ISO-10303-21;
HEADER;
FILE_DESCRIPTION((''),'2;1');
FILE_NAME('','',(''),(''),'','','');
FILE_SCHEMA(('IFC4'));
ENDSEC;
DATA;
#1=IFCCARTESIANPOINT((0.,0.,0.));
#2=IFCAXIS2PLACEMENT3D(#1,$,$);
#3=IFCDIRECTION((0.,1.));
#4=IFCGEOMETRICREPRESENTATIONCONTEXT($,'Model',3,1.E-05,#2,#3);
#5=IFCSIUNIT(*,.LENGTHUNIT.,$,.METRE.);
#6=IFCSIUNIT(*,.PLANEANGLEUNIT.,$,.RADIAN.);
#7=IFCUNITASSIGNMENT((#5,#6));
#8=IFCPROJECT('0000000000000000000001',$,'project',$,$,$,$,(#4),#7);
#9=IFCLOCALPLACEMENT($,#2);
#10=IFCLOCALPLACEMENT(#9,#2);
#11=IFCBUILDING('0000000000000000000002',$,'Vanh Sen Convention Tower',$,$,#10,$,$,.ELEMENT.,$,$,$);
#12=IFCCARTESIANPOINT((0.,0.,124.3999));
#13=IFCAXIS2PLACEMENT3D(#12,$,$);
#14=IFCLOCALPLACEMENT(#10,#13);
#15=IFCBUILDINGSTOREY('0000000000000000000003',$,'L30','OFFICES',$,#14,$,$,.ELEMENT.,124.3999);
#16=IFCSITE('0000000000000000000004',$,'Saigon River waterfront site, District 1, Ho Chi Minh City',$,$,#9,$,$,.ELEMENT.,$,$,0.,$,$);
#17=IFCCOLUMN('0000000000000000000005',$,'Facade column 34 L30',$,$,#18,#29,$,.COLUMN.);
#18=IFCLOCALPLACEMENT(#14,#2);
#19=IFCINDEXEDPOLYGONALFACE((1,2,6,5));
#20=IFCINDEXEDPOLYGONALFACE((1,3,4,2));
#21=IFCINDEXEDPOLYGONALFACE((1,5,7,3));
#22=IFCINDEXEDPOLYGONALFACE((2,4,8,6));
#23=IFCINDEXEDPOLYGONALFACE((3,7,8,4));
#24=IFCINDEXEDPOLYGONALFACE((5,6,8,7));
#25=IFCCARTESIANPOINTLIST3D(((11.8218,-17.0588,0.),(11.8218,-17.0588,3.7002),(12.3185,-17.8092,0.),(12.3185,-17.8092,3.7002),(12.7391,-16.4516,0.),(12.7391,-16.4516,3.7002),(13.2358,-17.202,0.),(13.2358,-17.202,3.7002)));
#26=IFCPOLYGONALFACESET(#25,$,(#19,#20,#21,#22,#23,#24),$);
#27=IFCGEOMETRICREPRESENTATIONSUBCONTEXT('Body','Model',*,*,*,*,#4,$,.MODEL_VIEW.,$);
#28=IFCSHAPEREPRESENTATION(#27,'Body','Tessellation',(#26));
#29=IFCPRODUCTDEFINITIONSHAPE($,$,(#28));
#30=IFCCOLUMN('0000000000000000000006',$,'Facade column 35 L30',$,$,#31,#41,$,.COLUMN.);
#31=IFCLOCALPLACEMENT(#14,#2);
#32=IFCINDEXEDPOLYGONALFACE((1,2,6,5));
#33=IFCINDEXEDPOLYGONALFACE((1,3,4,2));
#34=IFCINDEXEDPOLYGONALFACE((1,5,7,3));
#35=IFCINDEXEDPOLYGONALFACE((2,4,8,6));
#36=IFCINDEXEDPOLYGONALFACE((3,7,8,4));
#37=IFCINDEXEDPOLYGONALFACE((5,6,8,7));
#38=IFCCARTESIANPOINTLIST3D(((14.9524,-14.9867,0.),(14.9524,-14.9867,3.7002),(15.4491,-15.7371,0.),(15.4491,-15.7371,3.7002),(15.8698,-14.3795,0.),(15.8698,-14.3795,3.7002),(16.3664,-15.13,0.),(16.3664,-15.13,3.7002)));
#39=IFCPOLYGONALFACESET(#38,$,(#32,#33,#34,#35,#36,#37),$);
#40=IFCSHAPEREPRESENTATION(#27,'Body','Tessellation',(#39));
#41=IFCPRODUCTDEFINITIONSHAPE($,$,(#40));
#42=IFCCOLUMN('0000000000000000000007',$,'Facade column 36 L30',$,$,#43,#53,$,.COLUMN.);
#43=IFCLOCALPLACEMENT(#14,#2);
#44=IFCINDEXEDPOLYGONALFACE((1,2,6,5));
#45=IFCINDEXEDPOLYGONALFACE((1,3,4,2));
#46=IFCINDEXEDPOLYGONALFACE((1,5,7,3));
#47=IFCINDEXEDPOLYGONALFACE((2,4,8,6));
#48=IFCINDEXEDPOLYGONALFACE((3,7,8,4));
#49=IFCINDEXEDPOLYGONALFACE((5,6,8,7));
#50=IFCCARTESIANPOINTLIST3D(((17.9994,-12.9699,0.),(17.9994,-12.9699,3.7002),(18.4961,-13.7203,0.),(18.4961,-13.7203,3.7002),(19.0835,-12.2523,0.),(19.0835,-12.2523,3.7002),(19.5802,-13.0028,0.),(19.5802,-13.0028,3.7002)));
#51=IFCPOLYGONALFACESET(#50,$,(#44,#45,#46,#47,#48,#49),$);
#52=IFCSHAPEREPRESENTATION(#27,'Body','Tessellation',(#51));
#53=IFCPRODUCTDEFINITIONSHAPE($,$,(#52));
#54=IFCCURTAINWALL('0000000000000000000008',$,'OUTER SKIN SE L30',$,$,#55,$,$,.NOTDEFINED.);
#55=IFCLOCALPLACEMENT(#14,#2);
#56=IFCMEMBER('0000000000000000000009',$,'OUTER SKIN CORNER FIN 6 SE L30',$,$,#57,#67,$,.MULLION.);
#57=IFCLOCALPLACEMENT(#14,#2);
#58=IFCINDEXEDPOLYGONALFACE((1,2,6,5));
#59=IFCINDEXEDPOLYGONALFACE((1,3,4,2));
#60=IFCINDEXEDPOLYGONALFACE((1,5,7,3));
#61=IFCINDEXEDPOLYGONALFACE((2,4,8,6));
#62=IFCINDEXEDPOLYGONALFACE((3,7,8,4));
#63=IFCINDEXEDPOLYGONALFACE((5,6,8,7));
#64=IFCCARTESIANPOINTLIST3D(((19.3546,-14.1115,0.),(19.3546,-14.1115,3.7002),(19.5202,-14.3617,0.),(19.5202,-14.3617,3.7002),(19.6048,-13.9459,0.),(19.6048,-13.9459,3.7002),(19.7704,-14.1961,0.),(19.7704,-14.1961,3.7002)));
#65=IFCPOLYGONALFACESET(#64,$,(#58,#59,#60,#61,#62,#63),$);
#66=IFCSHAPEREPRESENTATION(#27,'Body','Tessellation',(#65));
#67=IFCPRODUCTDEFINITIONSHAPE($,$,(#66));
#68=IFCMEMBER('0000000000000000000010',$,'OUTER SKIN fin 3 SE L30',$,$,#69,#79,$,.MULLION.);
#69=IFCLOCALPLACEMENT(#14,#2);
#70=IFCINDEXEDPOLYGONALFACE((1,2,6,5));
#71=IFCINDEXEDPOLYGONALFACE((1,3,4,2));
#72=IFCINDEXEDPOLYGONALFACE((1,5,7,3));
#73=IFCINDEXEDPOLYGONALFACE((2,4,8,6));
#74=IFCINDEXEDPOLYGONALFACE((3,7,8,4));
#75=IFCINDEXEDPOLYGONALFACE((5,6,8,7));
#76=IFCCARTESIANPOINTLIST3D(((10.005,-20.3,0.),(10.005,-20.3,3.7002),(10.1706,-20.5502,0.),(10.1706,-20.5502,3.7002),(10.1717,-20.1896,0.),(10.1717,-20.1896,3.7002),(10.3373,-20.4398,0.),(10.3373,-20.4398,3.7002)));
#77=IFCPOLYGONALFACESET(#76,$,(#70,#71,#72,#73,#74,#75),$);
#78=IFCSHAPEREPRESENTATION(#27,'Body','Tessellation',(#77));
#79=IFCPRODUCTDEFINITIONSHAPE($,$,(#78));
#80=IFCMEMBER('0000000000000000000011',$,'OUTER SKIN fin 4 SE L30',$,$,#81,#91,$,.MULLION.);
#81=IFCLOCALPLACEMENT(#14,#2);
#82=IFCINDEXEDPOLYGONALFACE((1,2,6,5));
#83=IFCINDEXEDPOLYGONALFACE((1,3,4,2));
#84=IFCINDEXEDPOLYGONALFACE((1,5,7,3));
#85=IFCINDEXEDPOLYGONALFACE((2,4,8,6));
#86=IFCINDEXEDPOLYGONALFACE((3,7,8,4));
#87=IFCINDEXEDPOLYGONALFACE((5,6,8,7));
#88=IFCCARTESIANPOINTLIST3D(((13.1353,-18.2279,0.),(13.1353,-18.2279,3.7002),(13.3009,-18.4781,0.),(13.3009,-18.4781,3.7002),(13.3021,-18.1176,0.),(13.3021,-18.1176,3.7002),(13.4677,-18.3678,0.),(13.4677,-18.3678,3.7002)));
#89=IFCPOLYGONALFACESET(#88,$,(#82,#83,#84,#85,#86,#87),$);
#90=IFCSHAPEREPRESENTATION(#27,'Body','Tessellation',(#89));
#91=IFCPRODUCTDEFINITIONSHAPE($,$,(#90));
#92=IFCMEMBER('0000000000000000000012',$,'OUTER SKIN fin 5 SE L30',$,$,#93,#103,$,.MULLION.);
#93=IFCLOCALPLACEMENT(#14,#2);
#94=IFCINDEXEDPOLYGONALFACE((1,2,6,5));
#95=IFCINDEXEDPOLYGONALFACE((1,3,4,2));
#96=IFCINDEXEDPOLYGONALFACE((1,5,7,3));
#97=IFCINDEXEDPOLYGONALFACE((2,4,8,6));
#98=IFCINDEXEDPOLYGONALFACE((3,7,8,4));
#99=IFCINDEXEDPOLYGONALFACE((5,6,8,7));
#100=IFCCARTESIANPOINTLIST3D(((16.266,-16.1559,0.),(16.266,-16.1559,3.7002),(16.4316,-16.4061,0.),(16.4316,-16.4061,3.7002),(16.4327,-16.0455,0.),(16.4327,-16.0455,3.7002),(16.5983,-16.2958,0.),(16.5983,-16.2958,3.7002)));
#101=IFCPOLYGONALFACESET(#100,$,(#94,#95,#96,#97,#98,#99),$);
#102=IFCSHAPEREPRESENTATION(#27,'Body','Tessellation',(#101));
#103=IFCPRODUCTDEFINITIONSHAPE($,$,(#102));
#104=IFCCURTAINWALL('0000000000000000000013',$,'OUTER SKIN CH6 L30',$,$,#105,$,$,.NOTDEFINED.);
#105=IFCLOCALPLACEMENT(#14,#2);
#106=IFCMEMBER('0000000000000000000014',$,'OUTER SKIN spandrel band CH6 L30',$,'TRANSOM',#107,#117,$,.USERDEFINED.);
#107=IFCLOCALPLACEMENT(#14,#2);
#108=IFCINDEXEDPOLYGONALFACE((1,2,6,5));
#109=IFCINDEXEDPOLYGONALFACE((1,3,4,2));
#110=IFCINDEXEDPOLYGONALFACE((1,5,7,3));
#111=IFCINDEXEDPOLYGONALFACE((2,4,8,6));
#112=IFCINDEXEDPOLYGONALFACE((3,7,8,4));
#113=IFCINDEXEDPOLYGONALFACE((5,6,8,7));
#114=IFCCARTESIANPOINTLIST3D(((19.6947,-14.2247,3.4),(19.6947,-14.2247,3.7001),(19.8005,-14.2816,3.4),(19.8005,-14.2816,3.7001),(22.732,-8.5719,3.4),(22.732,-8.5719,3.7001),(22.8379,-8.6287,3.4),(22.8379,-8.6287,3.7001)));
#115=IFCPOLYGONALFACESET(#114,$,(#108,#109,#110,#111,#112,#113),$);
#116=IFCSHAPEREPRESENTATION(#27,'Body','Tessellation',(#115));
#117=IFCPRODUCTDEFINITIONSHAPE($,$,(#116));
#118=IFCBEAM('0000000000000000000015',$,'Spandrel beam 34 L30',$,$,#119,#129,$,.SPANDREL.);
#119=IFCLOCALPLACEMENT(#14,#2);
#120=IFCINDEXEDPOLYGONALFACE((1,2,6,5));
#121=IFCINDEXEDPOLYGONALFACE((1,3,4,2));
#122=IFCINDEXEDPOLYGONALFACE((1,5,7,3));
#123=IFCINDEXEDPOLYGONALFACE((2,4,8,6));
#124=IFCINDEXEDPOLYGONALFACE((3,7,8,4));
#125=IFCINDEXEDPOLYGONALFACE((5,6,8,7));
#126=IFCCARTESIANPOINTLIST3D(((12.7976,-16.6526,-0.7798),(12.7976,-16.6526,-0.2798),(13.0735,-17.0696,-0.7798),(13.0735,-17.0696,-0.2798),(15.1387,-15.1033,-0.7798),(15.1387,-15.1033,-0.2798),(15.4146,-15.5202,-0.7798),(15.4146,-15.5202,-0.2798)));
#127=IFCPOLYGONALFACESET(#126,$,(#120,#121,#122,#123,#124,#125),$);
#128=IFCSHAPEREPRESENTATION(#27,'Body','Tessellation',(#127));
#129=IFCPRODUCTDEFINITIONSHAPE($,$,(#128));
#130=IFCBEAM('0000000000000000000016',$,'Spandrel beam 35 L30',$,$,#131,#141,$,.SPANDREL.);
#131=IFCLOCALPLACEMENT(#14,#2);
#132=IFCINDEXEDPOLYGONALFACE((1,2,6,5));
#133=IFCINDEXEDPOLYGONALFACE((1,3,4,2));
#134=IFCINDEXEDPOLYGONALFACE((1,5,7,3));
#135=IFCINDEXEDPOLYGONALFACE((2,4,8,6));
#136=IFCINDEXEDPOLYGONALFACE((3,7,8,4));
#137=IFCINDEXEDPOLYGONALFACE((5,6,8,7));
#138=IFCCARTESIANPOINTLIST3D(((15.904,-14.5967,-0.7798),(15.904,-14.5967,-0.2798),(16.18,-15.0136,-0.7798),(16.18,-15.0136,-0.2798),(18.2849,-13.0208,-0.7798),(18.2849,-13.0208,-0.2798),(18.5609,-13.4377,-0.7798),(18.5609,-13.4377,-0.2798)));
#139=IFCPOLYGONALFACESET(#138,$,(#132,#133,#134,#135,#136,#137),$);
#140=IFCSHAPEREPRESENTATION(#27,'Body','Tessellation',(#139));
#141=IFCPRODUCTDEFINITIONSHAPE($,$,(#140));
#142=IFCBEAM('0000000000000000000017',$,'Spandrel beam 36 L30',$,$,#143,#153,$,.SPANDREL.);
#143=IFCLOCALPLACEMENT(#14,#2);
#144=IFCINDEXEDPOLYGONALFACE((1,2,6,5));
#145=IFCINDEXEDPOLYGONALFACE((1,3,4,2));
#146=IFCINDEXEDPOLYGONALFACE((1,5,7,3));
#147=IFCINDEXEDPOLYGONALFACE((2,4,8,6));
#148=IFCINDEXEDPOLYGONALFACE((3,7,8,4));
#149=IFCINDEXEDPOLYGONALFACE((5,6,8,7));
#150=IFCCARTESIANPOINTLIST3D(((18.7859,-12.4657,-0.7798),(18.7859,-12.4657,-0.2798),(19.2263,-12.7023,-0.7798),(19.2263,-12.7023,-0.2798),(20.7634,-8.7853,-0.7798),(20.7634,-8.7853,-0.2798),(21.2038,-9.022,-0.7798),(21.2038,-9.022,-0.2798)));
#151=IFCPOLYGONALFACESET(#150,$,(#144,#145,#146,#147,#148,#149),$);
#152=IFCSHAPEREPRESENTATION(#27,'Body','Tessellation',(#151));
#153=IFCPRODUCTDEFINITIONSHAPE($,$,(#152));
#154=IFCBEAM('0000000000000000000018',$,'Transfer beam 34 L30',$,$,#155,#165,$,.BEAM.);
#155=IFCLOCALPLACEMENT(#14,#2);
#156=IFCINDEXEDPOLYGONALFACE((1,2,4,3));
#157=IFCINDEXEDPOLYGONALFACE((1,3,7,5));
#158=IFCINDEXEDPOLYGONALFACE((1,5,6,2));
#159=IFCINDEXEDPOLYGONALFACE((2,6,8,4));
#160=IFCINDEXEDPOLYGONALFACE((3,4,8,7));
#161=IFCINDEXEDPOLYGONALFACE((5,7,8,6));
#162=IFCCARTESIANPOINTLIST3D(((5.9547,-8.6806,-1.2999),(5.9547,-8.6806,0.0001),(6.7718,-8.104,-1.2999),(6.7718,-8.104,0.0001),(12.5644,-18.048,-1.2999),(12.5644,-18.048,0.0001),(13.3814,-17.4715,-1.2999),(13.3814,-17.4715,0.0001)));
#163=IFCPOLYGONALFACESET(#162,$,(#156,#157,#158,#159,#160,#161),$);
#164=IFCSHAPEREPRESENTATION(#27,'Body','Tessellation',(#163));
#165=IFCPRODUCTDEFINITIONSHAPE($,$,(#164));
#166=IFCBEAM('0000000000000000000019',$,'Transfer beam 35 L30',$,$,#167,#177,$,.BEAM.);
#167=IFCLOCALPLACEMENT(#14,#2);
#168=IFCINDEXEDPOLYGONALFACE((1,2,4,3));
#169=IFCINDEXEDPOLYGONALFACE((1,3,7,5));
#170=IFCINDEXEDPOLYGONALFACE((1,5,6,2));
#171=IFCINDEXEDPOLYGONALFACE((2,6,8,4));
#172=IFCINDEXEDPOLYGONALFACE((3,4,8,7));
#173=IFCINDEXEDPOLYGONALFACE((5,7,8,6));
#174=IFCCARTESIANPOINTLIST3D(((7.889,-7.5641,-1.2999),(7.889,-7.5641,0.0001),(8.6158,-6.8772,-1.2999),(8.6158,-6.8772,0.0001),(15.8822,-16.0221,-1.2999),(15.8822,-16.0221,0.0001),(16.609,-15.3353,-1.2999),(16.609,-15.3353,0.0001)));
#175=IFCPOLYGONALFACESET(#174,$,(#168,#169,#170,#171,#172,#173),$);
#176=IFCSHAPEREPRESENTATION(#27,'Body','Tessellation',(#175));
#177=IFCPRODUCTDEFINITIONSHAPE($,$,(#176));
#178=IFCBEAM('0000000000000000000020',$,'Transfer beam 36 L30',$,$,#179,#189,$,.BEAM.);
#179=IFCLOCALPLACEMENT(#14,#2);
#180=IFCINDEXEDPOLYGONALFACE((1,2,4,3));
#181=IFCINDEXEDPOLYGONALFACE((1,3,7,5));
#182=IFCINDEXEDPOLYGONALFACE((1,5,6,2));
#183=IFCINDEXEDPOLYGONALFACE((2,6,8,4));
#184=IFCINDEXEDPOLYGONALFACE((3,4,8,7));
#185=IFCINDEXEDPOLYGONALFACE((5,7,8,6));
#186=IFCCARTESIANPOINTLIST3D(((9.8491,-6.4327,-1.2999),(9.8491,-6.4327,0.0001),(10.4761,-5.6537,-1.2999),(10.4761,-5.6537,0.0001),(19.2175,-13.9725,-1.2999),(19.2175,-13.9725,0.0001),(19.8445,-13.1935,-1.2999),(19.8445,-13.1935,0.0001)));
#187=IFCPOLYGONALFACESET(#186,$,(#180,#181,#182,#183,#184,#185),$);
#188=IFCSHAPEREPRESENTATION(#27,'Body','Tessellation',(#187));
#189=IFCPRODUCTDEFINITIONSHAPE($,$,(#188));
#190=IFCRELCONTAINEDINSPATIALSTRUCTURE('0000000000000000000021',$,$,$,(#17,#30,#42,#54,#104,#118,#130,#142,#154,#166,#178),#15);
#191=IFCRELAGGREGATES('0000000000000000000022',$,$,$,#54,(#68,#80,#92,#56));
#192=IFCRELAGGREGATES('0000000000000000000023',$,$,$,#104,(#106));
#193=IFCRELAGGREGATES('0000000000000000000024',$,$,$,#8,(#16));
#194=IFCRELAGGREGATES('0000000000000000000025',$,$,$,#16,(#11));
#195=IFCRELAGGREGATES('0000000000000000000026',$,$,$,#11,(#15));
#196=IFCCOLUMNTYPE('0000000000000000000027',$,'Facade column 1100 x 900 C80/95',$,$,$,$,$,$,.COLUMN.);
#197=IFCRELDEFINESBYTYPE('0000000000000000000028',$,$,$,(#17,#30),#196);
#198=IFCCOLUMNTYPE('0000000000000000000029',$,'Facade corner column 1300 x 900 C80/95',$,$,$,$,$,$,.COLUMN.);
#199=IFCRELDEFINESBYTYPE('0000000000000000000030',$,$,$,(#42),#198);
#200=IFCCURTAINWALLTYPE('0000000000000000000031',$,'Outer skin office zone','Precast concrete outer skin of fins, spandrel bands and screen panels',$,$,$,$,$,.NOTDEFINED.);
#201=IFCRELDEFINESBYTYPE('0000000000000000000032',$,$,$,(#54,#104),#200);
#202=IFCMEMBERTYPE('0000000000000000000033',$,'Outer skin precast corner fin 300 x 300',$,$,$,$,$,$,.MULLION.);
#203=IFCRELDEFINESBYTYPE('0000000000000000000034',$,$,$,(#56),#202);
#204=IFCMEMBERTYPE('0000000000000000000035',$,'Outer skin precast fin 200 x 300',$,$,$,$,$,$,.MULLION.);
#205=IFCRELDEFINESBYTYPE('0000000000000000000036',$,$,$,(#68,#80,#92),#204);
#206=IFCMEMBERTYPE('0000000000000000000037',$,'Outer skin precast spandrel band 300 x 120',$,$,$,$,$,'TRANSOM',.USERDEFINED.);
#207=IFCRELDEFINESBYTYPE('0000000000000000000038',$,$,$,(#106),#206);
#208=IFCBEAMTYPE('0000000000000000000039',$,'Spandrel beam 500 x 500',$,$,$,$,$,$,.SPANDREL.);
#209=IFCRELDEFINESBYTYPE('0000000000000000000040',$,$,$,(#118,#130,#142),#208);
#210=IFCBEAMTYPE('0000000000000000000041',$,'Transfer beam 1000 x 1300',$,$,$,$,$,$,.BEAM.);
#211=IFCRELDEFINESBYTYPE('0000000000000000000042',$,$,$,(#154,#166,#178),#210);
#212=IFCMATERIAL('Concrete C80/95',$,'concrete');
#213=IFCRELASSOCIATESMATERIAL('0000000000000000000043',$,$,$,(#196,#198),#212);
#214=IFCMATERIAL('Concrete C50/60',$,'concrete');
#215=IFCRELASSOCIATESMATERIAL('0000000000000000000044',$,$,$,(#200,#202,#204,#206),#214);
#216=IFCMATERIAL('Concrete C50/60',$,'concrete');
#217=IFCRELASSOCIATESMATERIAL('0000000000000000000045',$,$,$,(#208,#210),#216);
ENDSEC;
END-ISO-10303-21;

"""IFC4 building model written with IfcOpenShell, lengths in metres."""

from ifc_helpers import new_model, si_unit, direction, frame, origin, origin_2d, place, context, subcontext, project, spatial, rectangle, extrude, material, material_profile, profile_set, type_object, element, aggregate, save


model = new_model("IFC4")

# Units and contexts
model_context = context("Model", 3, precision=1e-05, world=origin(), true_north=direction((0.0, 1.0)))
body_context = subcontext(model_context, "Body", "Model", "MODEL_VIEW")
ifc_project = project(units=[si_unit("LENGTHUNIT", "METRE"), si_unit("PLANEANGLEUNIT", "RADIAN")], contexts=[model_context])

# Site, building, storey
site_placement = place(None, origin())
site = spatial("IfcSite", under=ifc_project, at=site_placement, Name="Saigon River waterfront site, District 1, Ho Chi Minh City", CompositionType="ELEMENT", RefElevation=0.0)
building_placement = place(site_placement, origin())
building = spatial("IfcBuilding", under=site, at=building_placement, Name="Vanh Sen Convention Tower", CompositionType="ELEMENT")
storey_placement = place(building_placement, frame((0.0, 0.0, 124.3999)))
storey = spatial("IfcBuildingStorey", under=building, at=storey_placement, Name="L30", Description="OFFICES", CompositionType="ELEMENT", Elevation=124.3999)

# Columns
ifc_material_1 = material(Name="Concrete C80/95", Category="concrete")
ifc_material_profile_1 = material_profile(ifc_material_1, rectangle(XDim=1.1001, YDim=0.8999, at=origin_2d()), Name="RC 1100X900")
ifc_profile_set_1 = profile_set([ifc_material_profile_1], Name="Concrete C80/95")
column_type_1 = type_object("IfcColumnType", Name="Facade column 1100 x 900 C80/95", PredefinedType="COLUMN", material=ifc_profile_set_1)
for number, where, z_axis, x_axis, name in (
    (1, (12.5288, -17.1304, 0.0), (0.0, 0.0, 1.0), (0.833886, 0.551937, 0.0), "Facade column 34 L30"),
    (2, (15.6594, -15.0583, 0.0), (0.0, 0.0, 1.0), (0.833886, 0.551937, 0.0), "Facade column 35 L30"),
):
    element("IfcColumn", number, at=place(storey_placement, frame(where, z_axis=z_axis, x_axis=x_axis)), inside=storey, type_object=column_type_1, Name=name, PredefinedType="COLUMN", context=body_context, shape_type="SweptSolid", body=[
        extrude(rectangle(XDim=1.1001, YDim=0.8999, at=origin_2d()), origin(), (0.0, 0.0, 1.0), 3.7002),
    ])
ifc_material_profile_2 = material_profile(ifc_material_1, rectangle(XDim=1.3, YDim=0.8999, at=origin_2d()), Name="RC 1300X900")
ifc_profile_set_2 = profile_set([ifc_material_profile_2], Name="Concrete C80/95")
column_type_2 = type_object("IfcColumnType", Name="Facade corner column 1300 x 900 C80/95", PredefinedType="COLUMN", material=ifc_profile_set_2)
column_placement = place(storey_placement, frame((18.7898, -12.9863, 0.0), z_axis=(0.0, 0.0, 1.0), x_axis=(0.833886, 0.551937, 0.0)))
element("IfcColumn", 3, at=column_placement, inside=storey, type_object=column_type_2, Name="Facade column 36 L30", PredefinedType="COLUMN", context=body_context, shape_type="SweptSolid", body=[
    extrude(rectangle(XDim=1.3, YDim=0.8999, at=origin_2d()), origin(), (0.0, 0.0, 1.0), 3.7002),
])

# Curtain wall, members
ifc_material_2 = material(Name="Concrete C50/60", Category="concrete")
curtain_wall_type = type_object("IfcCurtainWallType", Name="Outer skin office zone", Description="Precast concrete outer skin of fins, spandrel bands and screen panels", PredefinedType="NOTDEFINED", material=ifc_material_2)
curtain_wall_1_placement = place(storey_placement, origin())
curtain_wall_1 = element("IfcCurtainWall", 4, at=curtain_wall_1_placement, inside=storey, type_object=curtain_wall_type, Name="OUTER SKIN SE L30", PredefinedType="NOTDEFINED")
ifc_material_profile_3 = material_profile(ifc_material_2, rectangle(XDim=0.3, YDim=0.3, at=origin_2d()), Name="Outer skin precast corner fin 300 x 300")
ifc_profile_set_3 = profile_set([ifc_material_profile_3], Name="Concrete C50/60")
member_type_1 = type_object("IfcMemberType", Name="Outer skin precast corner fin 300 x 300", PredefinedType="MULLION", material=ifc_profile_set_3)
member_1_placement = place(storey_placement, frame((19.5625, -14.1538, 0.0), z_axis=(0.0, 0.0, 1.0), x_axis=(0.833886, 0.551937, 0.0)))
member_1 = element("IfcMember", 5, at=member_1_placement, type_object=member_type_1, Name="OUTER SKIN CORNER FIN 6 SE L30", PredefinedType="MULLION", context=body_context, shape_type="SweptSolid", body=[
    extrude(rectangle(XDim=0.3, YDim=0.3, at=origin_2d()), origin(), (0.0, 0.0, 1.0), 3.7002),
])
ifc_material_profile_4 = material_profile(ifc_material_2, rectangle(XDim=0.2, YDim=0.3, at=origin_2d()), Name="Outer skin precast fin 200 x 300")
ifc_profile_set_4 = profile_set([ifc_material_profile_4], Name="Concrete C50/60")
member_type_2 = type_object("IfcMemberType", Name="Outer skin precast fin 200 x 300", PredefinedType="MULLION", material=ifc_profile_set_4)
member_2_placement = place(storey_placement, frame((10.1711, -20.3699, 0.0), z_axis=(0.0, 0.0, 1.0), x_axis=(0.833886, 0.551937, 0.0)))
member_2 = element("IfcMember", 6, at=member_2_placement, type_object=member_type_2, Name="OUTER SKIN fin 3 SE L30", PredefinedType="MULLION", context=body_context, shape_type="SweptSolid", body=[
    extrude(rectangle(XDim=0.2, YDim=0.3, at=origin_2d()), origin(), (0.0, 0.0, 1.0), 3.7002),
])
member_3_placement = place(storey_placement, frame((13.3015, -18.2979, 0.0), z_axis=(0.0, 0.0, 1.0), x_axis=(0.833886, 0.551937, 0.0)))
member_3 = element("IfcMember", 7, at=member_3_placement, type_object=member_type_2, Name="OUTER SKIN fin 4 SE L30", PredefinedType="MULLION", context=body_context, shape_type="SweptSolid", body=[
    extrude(rectangle(XDim=0.2, YDim=0.3, at=origin_2d()), origin(), (0.0, 0.0, 1.0), 3.7002),
])
member_4_placement = place(storey_placement, frame((16.4321, -16.2258, 0.0), z_axis=(0.0, 0.0, 1.0), x_axis=(0.833886, 0.551937, 0.0)))
member_4 = element("IfcMember", 8, at=member_4_placement, type_object=member_type_2, Name="OUTER SKIN fin 5 SE L30", PredefinedType="MULLION", context=body_context, shape_type="SweptSolid", body=[
    extrude(rectangle(XDim=0.2, YDim=0.3, at=origin_2d()), origin(), (0.0, 0.0, 1.0), 3.7002),
])

# Curtain wall, member
curtain_wall_2_placement = place(storey_placement, origin())
curtain_wall_2 = element("IfcCurtainWall", 9, at=curtain_wall_2_placement, inside=storey, type_object=curtain_wall_type, Name="OUTER SKIN CH6 L30", PredefinedType="NOTDEFINED")
ifc_material_profile_5 = material_profile(ifc_material_2, rectangle(XDim=0.1201, YDim=0.3, at=origin_2d()), Name="Outer skin precast spandrel band 300 x 120")
ifc_profile_set_5 = profile_set([ifc_material_profile_5], Name="Concrete C50/60")
member_type_3 = type_object("IfcMemberType", Name="Outer skin precast spandrel band 300 x 120", ElementType="TRANSOM", PredefinedType="USERDEFINED", material=ifc_profile_set_5)
member_5_placement = place(storey_placement, frame((19.7476, -14.2532, 3.55), z_axis=(0.473317, 0.880892, 0.0), x_axis=(-0.880892, 0.473317, 0.0)))
member_5 = element("IfcMember", 10, at=member_5_placement, type_object=member_type_3, Name="OUTER SKIN spandrel band CH6 L30", ObjectType="TRANSOM", PredefinedType="USERDEFINED", context=body_context, shape_type="SweptSolid", body=[
    extrude(rectangle(XDim=0.1201, YDim=0.3, at=origin_2d()), origin(), (0.0, 0.0, 1.0), 6.4172),
])

# Beams
ifc_material_3 = material(Name="Concrete C50/60", Category="concrete")
ifc_material_profile_6 = material_profile(ifc_material_3, rectangle(XDim=0.5, YDim=0.5, at=origin_2d()), Name="RC 500X500")
ifc_profile_set_6 = profile_set([ifc_material_profile_6], Name="Concrete C50/60")
beam_type_1 = type_object("IfcBeamType", Name="Spandrel beam 500 x 500", PredefinedType="SPANDREL", material=ifc_profile_set_6)
beam_1_placement = place(storey_placement, frame((12.9355, -16.8611, -0.5298), z_axis=(0.833919, 0.551887, 0.0), x_axis=(-0.551887, 0.833919, 0.0)))
element("IfcBeam", 11, at=beam_1_placement, inside=storey, type_object=beam_type_1, Name="Spandrel beam 34 L30", PredefinedType="SPANDREL", context=body_context, shape_type="SweptSolid", body=[
    extrude(rectangle(XDim=0.5, YDim=0.5, at=origin_2d()), origin(), (0.0, 0.0, 1.0), 2.8074),
])
beam_2_placement = place(storey_placement, frame((16.042, -14.8052, -0.5298), z_axis=(0.833874, 0.551954, 0.0), x_axis=(-0.551954, 0.833874, 0.0)))
element("IfcBeam", 12, at=beam_2_placement, inside=storey, type_object=beam_type_1, Name="Spandrel beam 35 L30", PredefinedType="SPANDREL", context=body_context, shape_type="SweptSolid", body=[
    extrude(rectangle(XDim=0.5, YDim=0.5, at=origin_2d()), origin(), (0.0, 0.0, 1.0), 2.8552),
])
beam_3_placement = place(storey_placement, frame((19.0061, -12.584, -0.5298), z_axis=(0.473316, 0.880893, 0.0), x_axis=(-0.880893, 0.473316, 0.0)))
element("IfcBeam", 13, at=beam_3_placement, inside=storey, type_object=beam_type_1, Name="Spandrel beam 36 L30", PredefinedType="SPANDREL", context=body_context, shape_type="SweptSolid", body=[
    extrude(rectangle(XDim=0.5, YDim=0.5, at=origin_2d()), origin(), (0.0, 0.0, 1.0), 4.178),
])
ifc_material_profile_7 = material_profile(ifc_material_3, rectangle(XDim=1.0, YDim=1.3, at=origin_2d()), Name="RC 1000X1300")
ifc_profile_set_7 = profile_set([ifc_material_profile_7], Name="Concrete C50/60")
beam_type_2 = type_object("IfcBeamType", Name="Transfer beam 1000 x 1300", PredefinedType="BEAM", material=ifc_profile_set_7)
beam_4_placement = place(storey_placement, frame((12.9729, -17.7598, -0.6499), z_axis=(-0.576527, 0.817078, 0.0), x_axis=(-0.817078, -0.576527, 0.0)))
element("IfcBeam", 14, at=beam_4_placement, inside=storey, type_object=beam_type_2, Name="Transfer beam 34 L30", PredefinedType="BEAM", context=body_context, shape_type="SweptSolid", body=[
    extrude(rectangle(XDim=1.0, YDim=1.3, at=origin_2d()), origin(), (0.0, 0.0, 1.0), 11.4646),
])
beam_5_placement = place(storey_placement, frame((16.2456, -15.6787, -0.6499), z_axis=(-0.686853, 0.726797, 0.0), x_axis=(-0.726797, -0.686853, 0.0)))
element("IfcBeam", 15, at=beam_5_placement, inside=storey, type_object=beam_type_2, Name="Transfer beam 35 L30", PredefinedType="BEAM", context=body_context, shape_type="SweptSolid", body=[
    extrude(rectangle(XDim=1.0, YDim=1.3, at=origin_2d()), origin(), (0.0, 0.0, 1.0), 11.6375),
])
beam_6_placement = place(storey_placement, frame((19.531, -13.583, -0.6499), z_axis=(-0.779037, 0.626978, 0.0), x_axis=(-0.626978, -0.779037, 0.0)))
element("IfcBeam", 16, at=beam_6_placement, inside=storey, type_object=beam_type_2, Name="Transfer beam 36 L30", PredefinedType="BEAM", context=body_context, shape_type="SweptSolid", body=[
    extrude(rectangle(XDim=1.0, YDim=1.3, at=origin_2d()), origin(), (0.0, 0.0, 1.0), 12.0256),
])

aggregate(curtain_wall_1, [member_2, member_3, member_4, member_1])
aggregate(curtain_wall_2, [member_5])

save(model, "model.ifc")
